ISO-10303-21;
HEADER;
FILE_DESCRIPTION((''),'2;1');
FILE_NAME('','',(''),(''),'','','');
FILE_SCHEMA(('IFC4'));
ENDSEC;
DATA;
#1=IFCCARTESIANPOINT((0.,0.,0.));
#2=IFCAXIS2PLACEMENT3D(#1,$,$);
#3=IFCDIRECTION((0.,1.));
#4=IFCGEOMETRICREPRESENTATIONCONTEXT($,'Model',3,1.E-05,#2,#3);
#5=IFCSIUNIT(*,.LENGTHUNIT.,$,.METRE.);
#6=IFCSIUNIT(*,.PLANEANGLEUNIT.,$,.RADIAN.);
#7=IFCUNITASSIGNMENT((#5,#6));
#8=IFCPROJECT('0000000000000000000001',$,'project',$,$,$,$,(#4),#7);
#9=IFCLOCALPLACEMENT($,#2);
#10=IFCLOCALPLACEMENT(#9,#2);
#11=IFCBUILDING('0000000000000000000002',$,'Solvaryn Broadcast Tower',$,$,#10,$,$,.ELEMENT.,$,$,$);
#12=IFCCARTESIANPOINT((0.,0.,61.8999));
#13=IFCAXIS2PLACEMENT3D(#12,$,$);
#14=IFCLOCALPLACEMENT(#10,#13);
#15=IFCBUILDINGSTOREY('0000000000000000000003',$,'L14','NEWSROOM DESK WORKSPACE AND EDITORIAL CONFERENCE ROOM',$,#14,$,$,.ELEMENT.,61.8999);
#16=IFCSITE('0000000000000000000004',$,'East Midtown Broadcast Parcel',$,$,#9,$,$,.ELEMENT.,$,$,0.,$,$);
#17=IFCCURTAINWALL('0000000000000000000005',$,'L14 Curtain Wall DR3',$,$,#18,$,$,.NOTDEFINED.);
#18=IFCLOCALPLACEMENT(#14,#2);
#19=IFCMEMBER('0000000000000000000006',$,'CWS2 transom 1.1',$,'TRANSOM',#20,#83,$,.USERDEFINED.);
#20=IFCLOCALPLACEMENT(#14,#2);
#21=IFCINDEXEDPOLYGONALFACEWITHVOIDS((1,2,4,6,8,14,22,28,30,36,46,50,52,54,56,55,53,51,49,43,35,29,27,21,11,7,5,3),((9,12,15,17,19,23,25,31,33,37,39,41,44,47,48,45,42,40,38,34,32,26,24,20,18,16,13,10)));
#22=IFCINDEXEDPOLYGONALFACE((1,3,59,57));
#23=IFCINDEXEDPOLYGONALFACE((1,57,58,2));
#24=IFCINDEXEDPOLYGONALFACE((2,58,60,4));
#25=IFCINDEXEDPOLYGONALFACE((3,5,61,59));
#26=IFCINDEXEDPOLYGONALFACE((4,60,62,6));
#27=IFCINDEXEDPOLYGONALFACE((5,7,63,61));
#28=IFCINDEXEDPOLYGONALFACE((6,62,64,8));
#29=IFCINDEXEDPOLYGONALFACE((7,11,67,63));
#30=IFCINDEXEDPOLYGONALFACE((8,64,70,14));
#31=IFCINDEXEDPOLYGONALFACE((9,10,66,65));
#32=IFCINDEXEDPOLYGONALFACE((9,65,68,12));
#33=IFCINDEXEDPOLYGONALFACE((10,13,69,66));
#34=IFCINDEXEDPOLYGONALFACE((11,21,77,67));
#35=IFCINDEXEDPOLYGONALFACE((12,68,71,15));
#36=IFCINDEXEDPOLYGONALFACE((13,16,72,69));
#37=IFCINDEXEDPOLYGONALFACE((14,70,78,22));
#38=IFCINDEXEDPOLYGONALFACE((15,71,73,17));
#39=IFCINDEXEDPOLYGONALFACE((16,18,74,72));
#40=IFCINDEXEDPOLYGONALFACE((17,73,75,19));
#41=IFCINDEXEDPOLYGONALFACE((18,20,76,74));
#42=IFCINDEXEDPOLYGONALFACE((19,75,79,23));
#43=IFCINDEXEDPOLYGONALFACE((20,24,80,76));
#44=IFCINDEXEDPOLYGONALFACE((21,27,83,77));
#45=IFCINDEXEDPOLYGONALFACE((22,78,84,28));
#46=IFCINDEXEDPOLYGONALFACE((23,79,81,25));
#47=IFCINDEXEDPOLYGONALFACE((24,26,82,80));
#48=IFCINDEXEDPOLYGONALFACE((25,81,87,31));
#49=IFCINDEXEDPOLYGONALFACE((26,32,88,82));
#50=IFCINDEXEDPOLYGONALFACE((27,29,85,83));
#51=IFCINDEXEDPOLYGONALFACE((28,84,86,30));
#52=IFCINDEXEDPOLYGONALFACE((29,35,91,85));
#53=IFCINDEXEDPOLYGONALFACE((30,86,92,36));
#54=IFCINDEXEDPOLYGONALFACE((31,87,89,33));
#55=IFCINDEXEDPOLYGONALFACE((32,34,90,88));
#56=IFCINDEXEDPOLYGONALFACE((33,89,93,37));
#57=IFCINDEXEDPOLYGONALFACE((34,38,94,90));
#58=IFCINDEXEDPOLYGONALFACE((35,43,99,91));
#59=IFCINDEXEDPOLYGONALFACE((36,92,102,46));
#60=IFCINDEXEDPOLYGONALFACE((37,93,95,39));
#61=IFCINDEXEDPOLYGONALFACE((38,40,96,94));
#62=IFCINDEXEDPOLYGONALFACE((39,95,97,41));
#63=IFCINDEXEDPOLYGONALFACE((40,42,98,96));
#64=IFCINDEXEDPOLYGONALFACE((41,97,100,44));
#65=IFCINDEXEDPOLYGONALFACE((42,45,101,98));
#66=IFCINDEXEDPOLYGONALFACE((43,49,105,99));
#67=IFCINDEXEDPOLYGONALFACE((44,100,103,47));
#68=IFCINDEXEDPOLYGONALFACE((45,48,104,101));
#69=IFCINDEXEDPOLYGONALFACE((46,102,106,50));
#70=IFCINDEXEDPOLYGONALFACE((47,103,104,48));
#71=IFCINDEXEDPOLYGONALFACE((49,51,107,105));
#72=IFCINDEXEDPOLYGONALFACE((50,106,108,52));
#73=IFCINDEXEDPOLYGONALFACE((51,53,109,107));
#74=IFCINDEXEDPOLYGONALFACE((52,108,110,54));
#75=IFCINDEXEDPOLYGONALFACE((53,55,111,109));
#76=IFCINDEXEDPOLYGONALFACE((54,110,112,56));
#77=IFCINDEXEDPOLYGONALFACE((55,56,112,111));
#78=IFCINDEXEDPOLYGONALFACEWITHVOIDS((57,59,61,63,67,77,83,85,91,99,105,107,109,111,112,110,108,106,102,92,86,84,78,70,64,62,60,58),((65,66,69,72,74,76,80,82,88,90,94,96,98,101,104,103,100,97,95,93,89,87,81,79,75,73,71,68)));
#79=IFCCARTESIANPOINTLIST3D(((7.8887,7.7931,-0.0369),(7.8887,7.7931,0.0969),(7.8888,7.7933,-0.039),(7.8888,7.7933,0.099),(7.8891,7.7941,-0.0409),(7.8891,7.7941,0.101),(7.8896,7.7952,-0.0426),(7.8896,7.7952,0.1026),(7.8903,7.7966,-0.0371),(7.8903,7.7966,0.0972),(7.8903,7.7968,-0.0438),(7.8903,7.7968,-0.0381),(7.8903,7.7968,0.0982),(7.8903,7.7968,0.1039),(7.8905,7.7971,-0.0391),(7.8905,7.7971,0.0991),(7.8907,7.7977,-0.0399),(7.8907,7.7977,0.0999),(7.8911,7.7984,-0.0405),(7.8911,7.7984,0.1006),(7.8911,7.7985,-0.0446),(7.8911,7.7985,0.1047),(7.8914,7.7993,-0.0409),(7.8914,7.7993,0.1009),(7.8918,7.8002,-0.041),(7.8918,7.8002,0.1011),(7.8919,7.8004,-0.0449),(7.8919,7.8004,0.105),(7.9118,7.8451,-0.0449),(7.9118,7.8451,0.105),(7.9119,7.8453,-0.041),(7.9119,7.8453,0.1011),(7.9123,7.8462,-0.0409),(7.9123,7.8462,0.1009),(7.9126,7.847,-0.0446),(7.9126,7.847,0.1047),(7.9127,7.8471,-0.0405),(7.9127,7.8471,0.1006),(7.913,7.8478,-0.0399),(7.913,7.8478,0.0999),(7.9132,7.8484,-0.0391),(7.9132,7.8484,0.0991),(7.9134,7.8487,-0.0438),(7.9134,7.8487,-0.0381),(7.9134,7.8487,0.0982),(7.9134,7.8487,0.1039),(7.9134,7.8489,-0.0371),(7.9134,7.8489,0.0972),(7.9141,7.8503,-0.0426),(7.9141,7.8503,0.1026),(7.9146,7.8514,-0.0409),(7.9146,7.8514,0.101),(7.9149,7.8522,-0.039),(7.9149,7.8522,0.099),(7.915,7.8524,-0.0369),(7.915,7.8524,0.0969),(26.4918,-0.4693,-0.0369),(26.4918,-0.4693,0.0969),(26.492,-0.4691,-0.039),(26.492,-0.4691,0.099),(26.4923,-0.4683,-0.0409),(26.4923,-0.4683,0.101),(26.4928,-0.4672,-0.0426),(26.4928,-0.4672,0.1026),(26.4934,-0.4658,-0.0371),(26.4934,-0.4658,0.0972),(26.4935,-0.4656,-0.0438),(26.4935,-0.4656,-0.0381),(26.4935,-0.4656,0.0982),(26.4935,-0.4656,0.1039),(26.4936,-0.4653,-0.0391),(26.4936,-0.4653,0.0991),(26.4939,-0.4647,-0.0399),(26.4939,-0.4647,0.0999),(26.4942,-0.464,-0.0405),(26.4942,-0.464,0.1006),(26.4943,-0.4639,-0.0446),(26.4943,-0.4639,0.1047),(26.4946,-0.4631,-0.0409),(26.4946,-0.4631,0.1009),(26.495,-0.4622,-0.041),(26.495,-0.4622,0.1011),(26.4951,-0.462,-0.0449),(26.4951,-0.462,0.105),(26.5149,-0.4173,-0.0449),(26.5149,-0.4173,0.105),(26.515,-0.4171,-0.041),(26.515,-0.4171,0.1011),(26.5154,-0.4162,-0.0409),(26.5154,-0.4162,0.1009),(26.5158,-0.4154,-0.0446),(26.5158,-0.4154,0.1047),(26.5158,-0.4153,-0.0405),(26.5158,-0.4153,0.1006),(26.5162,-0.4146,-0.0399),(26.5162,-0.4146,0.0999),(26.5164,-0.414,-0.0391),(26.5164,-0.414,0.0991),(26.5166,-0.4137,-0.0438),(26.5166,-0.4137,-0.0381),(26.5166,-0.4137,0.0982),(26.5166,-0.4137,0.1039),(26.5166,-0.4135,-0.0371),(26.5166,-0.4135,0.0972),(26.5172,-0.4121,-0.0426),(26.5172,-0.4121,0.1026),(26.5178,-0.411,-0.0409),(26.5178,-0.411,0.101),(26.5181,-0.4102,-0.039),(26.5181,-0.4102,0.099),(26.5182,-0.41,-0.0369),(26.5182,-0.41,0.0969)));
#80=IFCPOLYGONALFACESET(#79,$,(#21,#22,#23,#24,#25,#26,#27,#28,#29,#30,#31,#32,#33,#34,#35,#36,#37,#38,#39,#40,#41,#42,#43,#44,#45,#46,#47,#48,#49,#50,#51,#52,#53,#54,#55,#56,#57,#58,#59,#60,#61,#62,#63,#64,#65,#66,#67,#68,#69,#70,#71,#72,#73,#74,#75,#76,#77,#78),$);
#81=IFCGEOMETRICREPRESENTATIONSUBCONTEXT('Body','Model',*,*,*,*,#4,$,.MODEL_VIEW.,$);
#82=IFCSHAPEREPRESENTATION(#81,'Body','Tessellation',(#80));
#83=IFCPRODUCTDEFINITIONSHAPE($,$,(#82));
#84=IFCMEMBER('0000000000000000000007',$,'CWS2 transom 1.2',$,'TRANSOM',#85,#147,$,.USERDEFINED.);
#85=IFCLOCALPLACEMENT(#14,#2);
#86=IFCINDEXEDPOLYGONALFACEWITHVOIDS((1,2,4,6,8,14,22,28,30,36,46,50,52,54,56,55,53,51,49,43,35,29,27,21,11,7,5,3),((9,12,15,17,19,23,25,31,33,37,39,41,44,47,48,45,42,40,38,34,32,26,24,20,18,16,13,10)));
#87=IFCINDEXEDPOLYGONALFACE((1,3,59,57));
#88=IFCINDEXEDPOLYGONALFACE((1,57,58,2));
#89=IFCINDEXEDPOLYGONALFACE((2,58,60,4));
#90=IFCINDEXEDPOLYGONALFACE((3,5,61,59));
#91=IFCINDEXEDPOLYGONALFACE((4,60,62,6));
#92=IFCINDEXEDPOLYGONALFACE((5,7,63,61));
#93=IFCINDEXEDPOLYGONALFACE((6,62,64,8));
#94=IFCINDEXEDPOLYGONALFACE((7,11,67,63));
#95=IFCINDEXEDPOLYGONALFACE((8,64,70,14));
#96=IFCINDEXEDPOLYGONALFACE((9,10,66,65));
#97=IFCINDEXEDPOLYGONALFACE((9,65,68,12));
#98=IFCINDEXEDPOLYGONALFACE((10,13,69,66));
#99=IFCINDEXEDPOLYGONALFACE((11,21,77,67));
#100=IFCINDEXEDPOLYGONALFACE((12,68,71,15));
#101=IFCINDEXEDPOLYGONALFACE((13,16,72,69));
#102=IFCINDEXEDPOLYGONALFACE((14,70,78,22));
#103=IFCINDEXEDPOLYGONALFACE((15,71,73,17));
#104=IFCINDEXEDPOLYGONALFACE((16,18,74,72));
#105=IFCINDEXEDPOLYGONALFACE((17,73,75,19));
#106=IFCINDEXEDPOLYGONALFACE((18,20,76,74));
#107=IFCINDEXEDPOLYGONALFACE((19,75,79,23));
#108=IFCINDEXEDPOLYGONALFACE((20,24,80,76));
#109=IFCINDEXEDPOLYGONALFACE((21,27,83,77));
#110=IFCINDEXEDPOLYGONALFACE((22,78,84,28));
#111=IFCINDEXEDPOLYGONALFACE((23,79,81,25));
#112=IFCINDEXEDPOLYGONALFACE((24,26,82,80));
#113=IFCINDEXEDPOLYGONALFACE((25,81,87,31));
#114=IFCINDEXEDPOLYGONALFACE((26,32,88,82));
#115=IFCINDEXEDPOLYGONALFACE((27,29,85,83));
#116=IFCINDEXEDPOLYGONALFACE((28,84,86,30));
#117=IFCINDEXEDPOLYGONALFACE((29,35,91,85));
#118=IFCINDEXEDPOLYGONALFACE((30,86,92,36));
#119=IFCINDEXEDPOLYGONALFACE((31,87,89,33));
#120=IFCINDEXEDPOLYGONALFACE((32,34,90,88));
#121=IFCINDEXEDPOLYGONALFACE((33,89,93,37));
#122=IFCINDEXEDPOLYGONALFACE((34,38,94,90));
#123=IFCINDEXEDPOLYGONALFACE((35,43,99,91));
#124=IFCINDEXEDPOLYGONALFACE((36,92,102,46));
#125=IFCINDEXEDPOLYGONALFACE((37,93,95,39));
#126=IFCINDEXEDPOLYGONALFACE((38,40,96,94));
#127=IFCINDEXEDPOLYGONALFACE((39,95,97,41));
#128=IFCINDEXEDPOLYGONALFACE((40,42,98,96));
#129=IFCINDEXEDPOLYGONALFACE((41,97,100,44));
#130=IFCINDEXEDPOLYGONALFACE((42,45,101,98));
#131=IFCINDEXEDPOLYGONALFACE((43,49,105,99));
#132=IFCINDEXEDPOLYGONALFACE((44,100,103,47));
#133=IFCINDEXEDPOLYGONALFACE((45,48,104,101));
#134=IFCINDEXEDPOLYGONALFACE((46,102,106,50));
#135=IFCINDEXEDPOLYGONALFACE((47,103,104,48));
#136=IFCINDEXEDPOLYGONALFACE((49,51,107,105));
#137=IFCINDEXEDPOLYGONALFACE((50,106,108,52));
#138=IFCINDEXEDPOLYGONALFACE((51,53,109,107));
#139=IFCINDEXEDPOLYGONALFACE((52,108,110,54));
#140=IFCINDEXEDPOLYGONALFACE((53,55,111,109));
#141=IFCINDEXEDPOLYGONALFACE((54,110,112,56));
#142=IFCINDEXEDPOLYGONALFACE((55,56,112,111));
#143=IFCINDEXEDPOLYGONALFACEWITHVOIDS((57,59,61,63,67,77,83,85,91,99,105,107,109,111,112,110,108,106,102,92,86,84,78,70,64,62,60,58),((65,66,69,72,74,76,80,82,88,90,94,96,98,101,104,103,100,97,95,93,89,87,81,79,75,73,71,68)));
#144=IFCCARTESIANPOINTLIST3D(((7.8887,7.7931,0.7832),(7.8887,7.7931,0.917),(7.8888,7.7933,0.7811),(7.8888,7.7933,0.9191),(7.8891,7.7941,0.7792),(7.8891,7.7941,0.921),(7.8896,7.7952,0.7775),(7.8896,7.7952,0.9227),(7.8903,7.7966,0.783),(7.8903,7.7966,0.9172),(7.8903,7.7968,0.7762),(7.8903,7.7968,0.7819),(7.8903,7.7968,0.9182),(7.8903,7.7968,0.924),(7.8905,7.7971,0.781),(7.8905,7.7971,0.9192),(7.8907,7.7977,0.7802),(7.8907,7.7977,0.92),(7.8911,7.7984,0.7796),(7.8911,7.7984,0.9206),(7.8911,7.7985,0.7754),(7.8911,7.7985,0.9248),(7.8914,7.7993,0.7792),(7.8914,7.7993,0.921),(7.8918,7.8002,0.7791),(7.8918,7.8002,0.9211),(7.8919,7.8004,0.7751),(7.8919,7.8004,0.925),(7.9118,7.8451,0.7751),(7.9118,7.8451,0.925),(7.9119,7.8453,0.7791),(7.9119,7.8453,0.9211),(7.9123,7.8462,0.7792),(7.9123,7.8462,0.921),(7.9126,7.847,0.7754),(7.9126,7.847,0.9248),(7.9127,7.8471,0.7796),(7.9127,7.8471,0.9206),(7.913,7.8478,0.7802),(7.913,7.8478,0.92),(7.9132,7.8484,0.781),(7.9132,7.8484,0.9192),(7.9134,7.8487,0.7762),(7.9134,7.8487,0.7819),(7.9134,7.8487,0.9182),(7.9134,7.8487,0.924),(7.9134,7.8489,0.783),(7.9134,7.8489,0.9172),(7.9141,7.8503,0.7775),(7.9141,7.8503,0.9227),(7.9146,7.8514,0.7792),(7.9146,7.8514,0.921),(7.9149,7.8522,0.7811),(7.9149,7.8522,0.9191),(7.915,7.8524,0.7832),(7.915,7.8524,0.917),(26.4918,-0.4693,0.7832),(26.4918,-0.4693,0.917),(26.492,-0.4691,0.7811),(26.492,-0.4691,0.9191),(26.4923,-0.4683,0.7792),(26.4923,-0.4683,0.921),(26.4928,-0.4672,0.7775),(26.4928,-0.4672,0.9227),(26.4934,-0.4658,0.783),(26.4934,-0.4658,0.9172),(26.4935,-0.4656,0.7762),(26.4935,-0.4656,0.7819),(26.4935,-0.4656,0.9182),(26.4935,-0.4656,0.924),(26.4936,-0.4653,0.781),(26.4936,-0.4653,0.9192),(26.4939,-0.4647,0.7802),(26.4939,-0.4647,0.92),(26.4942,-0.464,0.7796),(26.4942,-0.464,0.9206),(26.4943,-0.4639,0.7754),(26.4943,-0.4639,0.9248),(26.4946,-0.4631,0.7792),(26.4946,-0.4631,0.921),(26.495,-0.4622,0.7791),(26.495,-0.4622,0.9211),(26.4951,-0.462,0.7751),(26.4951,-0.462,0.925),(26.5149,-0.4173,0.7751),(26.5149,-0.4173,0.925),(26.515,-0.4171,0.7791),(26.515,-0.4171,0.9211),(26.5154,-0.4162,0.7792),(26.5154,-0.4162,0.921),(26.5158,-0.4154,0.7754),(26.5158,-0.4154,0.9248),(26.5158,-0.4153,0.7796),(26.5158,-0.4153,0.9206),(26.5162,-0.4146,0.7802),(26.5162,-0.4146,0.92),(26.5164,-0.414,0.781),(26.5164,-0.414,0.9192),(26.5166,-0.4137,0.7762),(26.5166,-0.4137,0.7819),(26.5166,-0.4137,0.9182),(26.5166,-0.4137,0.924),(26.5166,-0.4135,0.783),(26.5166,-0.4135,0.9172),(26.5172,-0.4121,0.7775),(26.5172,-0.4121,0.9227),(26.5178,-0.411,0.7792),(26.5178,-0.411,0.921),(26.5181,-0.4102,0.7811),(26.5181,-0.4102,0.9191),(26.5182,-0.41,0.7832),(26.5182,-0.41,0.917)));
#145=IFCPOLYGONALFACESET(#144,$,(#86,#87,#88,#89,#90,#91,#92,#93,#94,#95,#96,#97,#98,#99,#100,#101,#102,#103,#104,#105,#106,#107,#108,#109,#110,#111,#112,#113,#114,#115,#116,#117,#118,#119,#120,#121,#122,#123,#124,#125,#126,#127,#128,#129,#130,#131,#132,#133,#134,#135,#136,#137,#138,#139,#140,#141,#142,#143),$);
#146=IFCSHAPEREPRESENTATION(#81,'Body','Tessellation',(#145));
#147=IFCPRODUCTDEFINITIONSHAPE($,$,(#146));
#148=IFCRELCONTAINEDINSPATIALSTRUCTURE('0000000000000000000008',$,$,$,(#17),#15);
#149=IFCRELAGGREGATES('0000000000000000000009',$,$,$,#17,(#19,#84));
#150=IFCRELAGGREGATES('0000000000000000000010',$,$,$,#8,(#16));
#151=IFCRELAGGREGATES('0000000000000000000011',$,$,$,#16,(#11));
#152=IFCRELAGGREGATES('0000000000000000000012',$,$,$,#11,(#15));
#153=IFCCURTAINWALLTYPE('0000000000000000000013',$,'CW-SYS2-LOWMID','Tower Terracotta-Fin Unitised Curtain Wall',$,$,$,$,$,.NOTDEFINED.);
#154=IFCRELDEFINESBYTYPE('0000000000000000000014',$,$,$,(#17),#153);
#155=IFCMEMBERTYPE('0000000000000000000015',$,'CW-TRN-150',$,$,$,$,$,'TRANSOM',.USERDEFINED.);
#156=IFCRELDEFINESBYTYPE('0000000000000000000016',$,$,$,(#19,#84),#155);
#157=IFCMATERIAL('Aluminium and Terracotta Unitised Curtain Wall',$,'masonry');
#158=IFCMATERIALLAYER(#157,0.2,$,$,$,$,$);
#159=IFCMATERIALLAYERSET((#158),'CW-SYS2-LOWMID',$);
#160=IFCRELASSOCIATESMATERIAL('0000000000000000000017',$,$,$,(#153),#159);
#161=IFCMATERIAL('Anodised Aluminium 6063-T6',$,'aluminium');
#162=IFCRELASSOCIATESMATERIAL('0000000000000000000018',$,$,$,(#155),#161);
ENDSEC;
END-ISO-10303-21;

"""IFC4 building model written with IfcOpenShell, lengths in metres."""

from ifc_helpers import new_model, si_unit, direction, frame, origin, origin_2d, place, context, subcontext, project, spatial, hollow_rectangle, extrude, material, layer, layer_set, material_profile, profile_set, type_object, element, aggregate, save


model = new_model("IFC4")

# Units and contexts
model_context = context("Model", 3, precision=1e-05, world=origin(), true_north=direction((0.0, 1.0)))
body_context = subcontext(model_context, "Body", "Model", "MODEL_VIEW")
ifc_project = project(units=[si_unit("LENGTHUNIT", "METRE"), si_unit("PLANEANGLEUNIT", "RADIAN")], contexts=[model_context])

# Site, building, storey
site_placement = place(None, origin())
site = spatial("IfcSite", under=ifc_project, at=site_placement, Name="East Midtown Broadcast Parcel", CompositionType="ELEMENT", RefElevation=0.0)
building_placement = place(site_placement, origin())
building = spatial("IfcBuilding", under=site, at=building_placement, Name="Solvaryn Broadcast Tower", CompositionType="ELEMENT")
storey_placement = place(building_placement, frame((0.0, 0.0, 61.8999)))
storey = spatial("IfcBuildingStorey", under=building, at=storey_placement, Name="L14", Description="NEWSROOM DESK WORKSPACE AND EDITORIAL CONFERENCE ROOM", CompositionType="ELEMENT", Elevation=61.8999)

# Shared definitions
ifc_material_1 = material(Name="Aluminium and Terracotta Unitised Curtain Wall", Category="masonry")
ifc_layer_1 = layer(ifc_material_1, 0.2)
ifc_layer_set_1 = layer_set([ifc_layer_1], Name="CW-SYS2-LOWMID")
curtain_wall_type = type_object("IfcCurtainWallType", Name="CW-SYS2-LOWMID", Description="Tower Terracotta-Fin Unitised Curtain Wall", PredefinedType="NOTDEFINED", material=ifc_layer_set_1)

# Curtain wall, members
curtain_wall_1_placement = place(storey_placement, origin())
curtain_wall_1 = element("IfcCurtainWall", 1, at=curtain_wall_1_placement, inside=storey, type_object=curtain_wall_type, Name="L14 Curtain Wall DR3", PredefinedType="NOTDEFINED")
ifc_material_2 = material(Name="Anodised Aluminium 6063-T6", Category="aluminium")
ifc_material_profile_1 = material_profile(ifc_material_2, hollow_rectangle(XDim=0.0649, YDim=0.1499, WallThickness=0.0039, InnerFilletRadius=0.0039, OuterFilletRadius=0.0081, at=origin_2d()))
ifc_profile_set_1 = profile_set([ifc_material_profile_1], Name="Anodised Aluminium 6063-T6")
member_type_1 = type_object("IfcMemberType", Name="CW-TRN-150", ElementType="TRANSOM", PredefinedType="USERDEFINED", material=ifc_profile_set_1)
member_1_placement = place(storey_placement, frame((7.9019, 7.8228, 0.03), z_axis=(0.913915, -0.405906, 0.0), x_axis=(0.405906, 0.913915, 0.0)))
member_1 = element("IfcMember", 2, at=member_1_placement, type_object=member_type_1, Name="CWS2 transom 1.1", ObjectType="TRANSOM", PredefinedType="USERDEFINED", context=body_context, shape_type="SweptSolid", body=[
    extrude(hollow_rectangle(XDim=0.0649, YDim=0.1499, WallThickness=0.0039, InnerFilletRadius=0.0039, OuterFilletRadius=0.0081, at=origin_2d()), origin(), (0.0, 0.0, 1.0), 20.3555),
])
member_2_placement = place(storey_placement, frame((7.9019, 7.8228, 0.8501), z_axis=(0.913915, -0.405906, 0.0), x_axis=(0.405906, 0.913915, 0.0)))
member_2 = element("IfcMember", 3, at=member_2_placement, type_object=member_type_1, Name="CWS2 transom 1.2", ObjectType="TRANSOM", PredefinedType="USERDEFINED", context=body_context, shape_type="SweptSolid", body=[
    extrude(hollow_rectangle(XDim=0.0649, YDim=0.1499, WallThickness=0.0039, InnerFilletRadius=0.0039, OuterFilletRadius=0.0081, at=origin_2d()), origin(), (0.0, 0.0, 1.0), 20.3555),
])
aggregate(curtain_wall_1, [member_1, member_2])

save(model, "model.ifc")
